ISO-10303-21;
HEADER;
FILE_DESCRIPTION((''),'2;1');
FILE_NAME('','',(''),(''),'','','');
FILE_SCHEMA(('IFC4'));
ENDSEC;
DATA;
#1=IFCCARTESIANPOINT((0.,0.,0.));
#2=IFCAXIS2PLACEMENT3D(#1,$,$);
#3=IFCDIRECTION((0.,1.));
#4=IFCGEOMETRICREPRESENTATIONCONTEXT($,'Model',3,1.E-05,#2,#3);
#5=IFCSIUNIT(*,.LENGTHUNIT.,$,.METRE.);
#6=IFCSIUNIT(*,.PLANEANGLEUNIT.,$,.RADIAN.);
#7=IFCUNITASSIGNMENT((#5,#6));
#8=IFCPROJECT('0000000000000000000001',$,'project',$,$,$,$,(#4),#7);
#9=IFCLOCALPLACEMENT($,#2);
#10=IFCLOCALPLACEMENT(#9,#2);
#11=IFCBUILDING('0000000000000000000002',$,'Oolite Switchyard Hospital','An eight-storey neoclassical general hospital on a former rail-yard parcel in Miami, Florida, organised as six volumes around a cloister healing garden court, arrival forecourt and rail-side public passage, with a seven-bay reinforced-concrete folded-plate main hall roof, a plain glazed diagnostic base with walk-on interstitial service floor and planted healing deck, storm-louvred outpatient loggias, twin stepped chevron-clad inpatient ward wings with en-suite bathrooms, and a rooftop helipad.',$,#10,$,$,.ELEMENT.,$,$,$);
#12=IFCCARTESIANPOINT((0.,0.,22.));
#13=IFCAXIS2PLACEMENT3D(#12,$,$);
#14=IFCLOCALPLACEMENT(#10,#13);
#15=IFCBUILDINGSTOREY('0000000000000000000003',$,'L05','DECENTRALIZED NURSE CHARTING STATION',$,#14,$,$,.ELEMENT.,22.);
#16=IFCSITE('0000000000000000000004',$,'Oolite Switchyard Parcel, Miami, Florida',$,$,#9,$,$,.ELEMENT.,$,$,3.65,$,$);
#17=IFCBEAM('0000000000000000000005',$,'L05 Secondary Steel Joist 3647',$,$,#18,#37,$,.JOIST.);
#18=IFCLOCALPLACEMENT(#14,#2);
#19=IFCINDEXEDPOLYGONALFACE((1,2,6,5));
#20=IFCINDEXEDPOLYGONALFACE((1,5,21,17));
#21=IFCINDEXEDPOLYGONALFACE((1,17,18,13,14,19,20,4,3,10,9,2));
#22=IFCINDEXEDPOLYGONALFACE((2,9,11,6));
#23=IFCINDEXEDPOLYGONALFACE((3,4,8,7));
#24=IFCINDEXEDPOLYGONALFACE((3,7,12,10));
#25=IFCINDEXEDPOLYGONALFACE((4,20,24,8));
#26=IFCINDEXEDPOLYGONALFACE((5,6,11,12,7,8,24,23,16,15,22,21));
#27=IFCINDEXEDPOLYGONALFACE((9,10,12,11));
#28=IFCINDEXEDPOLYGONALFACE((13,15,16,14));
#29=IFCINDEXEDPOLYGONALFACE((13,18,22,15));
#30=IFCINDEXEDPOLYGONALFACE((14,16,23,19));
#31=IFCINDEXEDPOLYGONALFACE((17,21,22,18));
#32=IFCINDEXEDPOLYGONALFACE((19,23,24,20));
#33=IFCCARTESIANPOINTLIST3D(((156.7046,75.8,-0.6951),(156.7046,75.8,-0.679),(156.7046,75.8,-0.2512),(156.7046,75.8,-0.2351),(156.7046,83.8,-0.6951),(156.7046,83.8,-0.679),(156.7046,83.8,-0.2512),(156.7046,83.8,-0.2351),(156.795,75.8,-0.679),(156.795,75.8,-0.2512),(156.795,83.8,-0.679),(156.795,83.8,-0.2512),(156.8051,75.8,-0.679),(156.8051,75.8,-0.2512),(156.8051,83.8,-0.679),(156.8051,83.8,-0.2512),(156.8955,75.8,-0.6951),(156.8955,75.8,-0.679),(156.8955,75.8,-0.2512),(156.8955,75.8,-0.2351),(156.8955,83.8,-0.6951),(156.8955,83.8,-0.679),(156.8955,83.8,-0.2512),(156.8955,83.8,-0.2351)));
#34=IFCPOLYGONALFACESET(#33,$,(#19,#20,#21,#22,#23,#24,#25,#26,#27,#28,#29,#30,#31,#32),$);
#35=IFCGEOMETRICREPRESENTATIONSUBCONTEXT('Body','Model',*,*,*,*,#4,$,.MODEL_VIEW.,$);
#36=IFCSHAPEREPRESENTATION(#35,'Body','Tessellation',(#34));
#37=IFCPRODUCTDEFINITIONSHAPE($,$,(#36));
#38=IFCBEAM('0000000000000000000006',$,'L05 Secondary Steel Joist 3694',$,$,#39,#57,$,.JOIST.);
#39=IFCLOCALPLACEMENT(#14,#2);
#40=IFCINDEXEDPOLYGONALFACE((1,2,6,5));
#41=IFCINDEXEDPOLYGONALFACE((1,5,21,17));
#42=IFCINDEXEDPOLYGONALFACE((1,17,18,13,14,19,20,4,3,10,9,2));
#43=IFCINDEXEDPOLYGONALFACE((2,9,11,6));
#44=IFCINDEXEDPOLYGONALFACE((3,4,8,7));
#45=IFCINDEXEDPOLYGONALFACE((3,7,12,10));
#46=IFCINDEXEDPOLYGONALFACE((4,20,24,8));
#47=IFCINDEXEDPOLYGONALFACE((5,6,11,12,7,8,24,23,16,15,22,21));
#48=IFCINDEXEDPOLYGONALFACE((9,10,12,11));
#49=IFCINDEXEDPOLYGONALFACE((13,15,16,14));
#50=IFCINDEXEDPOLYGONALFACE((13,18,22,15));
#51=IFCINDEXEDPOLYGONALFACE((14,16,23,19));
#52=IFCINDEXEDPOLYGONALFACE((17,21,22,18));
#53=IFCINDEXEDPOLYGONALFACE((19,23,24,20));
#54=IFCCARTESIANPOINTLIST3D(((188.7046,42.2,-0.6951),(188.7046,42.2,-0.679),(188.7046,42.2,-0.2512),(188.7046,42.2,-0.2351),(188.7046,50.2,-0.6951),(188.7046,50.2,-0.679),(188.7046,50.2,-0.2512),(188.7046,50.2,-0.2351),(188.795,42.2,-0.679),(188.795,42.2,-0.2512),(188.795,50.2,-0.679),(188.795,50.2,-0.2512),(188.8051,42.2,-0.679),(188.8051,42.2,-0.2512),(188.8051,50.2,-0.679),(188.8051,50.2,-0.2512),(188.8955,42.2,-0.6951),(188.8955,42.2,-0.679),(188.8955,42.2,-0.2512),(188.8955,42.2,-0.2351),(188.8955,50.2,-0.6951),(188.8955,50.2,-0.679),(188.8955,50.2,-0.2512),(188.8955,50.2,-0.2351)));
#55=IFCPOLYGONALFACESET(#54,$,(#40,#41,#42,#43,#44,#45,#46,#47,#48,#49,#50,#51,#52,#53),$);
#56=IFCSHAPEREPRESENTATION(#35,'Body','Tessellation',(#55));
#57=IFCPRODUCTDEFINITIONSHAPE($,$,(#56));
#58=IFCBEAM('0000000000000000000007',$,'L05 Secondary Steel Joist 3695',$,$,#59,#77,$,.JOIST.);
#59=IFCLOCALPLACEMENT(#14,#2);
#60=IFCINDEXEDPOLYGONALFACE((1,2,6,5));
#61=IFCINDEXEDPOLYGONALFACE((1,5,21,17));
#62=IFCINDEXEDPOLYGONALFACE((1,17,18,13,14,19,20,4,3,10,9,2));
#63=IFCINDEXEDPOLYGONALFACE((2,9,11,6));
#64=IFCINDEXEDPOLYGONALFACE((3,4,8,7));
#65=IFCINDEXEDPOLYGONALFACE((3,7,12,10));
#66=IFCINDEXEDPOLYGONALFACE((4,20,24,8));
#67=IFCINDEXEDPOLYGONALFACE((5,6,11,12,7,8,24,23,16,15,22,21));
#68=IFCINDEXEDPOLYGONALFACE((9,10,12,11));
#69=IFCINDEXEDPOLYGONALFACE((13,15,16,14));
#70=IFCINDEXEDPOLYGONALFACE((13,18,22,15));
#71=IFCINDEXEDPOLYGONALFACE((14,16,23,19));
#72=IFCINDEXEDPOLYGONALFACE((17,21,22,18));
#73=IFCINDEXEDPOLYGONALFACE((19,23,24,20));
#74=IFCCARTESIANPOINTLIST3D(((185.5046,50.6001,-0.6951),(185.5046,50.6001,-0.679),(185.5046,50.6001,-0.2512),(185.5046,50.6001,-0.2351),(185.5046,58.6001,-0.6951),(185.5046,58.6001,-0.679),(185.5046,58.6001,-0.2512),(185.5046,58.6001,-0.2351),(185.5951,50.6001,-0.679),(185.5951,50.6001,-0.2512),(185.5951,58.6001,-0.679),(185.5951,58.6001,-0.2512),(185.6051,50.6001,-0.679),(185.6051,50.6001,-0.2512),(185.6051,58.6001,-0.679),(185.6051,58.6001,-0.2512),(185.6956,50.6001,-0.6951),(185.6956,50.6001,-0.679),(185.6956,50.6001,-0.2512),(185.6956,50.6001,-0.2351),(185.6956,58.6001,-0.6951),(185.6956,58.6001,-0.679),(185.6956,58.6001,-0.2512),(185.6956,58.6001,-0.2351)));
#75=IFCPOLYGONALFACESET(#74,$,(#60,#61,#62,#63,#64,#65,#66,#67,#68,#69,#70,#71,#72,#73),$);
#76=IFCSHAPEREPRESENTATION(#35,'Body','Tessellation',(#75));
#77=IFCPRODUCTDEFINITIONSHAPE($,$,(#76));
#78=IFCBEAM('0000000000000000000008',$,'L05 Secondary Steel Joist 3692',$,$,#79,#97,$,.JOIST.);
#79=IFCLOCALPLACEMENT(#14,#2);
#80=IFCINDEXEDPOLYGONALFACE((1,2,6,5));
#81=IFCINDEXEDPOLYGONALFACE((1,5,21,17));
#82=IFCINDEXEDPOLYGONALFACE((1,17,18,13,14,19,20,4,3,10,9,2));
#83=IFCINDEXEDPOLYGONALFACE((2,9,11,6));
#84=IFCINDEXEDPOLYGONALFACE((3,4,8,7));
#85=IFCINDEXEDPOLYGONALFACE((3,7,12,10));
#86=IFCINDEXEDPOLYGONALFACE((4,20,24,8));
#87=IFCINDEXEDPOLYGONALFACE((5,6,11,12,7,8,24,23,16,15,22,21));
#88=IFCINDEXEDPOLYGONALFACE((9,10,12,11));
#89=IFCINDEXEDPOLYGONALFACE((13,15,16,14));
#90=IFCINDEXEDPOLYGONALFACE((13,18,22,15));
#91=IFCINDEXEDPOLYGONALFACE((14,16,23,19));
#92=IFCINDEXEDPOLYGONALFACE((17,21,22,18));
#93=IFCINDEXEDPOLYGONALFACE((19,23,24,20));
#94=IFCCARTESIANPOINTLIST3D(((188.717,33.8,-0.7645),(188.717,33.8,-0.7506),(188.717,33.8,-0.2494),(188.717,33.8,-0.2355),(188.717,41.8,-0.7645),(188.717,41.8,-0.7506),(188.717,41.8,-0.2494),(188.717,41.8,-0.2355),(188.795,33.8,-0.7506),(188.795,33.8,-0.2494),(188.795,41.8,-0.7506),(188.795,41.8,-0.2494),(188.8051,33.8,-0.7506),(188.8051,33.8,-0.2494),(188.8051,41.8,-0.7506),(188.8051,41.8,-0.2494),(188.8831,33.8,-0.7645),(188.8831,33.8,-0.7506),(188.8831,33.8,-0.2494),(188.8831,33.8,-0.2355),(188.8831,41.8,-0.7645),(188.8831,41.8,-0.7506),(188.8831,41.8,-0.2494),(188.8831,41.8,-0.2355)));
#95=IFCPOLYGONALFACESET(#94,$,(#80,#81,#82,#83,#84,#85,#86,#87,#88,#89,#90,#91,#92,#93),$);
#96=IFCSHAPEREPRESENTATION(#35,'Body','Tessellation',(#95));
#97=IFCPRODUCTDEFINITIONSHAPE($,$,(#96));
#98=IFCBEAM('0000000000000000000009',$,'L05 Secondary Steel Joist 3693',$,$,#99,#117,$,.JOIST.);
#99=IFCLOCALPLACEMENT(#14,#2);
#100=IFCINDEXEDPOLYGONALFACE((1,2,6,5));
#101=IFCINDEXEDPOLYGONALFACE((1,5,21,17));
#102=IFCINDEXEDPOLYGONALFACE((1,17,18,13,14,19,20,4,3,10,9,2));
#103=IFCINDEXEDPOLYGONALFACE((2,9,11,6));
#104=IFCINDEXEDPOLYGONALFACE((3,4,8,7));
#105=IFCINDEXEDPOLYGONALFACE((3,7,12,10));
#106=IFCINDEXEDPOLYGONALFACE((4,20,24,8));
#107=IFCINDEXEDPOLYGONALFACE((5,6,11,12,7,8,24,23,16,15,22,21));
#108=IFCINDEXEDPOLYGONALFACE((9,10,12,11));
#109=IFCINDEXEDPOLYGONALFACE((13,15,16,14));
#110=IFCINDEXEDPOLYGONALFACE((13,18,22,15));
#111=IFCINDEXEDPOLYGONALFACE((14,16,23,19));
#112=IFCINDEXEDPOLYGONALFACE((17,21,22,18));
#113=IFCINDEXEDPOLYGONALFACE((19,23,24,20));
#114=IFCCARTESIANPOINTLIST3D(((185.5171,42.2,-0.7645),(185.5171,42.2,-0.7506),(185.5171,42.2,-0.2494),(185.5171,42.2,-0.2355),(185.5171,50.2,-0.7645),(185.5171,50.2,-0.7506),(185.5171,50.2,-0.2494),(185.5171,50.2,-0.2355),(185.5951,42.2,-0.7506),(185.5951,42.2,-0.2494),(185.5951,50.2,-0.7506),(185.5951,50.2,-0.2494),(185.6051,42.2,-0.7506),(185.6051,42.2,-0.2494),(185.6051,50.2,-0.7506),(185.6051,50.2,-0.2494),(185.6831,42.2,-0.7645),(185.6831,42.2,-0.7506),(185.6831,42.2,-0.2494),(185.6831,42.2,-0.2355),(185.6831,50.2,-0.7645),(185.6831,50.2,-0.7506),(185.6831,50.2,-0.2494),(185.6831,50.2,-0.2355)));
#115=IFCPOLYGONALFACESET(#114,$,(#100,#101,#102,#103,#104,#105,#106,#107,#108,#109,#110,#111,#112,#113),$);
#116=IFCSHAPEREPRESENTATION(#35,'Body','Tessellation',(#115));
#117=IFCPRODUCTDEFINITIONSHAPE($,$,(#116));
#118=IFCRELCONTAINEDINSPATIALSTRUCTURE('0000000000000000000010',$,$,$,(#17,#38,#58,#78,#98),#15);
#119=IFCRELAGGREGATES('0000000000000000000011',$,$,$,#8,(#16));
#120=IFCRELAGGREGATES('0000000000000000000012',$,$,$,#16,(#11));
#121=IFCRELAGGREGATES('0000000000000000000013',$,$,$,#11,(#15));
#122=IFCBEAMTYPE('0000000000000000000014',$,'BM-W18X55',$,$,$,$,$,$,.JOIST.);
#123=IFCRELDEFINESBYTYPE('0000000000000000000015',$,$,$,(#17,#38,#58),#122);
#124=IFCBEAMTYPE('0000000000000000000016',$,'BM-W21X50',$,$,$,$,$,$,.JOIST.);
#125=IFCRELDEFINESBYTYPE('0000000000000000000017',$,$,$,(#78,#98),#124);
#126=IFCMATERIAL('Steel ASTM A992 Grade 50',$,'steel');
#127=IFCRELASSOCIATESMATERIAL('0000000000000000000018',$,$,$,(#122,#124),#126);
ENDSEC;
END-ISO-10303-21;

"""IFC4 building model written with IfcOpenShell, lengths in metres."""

from ifc_helpers import new_model, si_unit, direction, frame, origin, origin_2d, place, context, subcontext, project, spatial, i_section, extrude, material, material_profile, profile_set, type_object, element, save


model = new_model("IFC4")

# Units and contexts
model_context = context("Model", 3, precision=1e-05, world=origin(), true_north=direction((0.0, 1.0)))
body_context = subcontext(model_context, "Body", "Model", "MODEL_VIEW")
ifc_project = project(units=[si_unit("LENGTHUNIT", "METRE"), si_unit("PLANEANGLEUNIT", "RADIAN")], contexts=[model_context])

# Site, building, storey
site_placement = place(None, origin())
site = spatial("IfcSite", under=ifc_project, at=site_placement, Name="Oolite Switchyard Parcel, Miami, Florida", CompositionType="ELEMENT", RefElevation=3.65)
building_placement = place(site_placement, origin())
building = spatial("IfcBuilding", under=site, at=building_placement, Name="Oolite Switchyard Hospital", Description="An eight-storey neoclassical general hospital on a former rail-yard parcel in Miami, Florida, organised as six volumes around a cloister healing garden court, arrival forecourt and rail-side public passage, with a seven-bay reinforced-concrete folded-plate main hall roof, a plain glazed diagnostic base with walk-on interstitial service floor and planted healing deck, storm-louvred outpatient loggias, twin stepped chevron-clad inpatient ward wings with en-suite bathrooms, and a rooftop helipad.", CompositionType="ELEMENT")
storey_placement = place(building_placement, frame((0.0, 0.0, 22.0)))
storey = spatial("IfcBuildingStorey", under=building, at=storey_placement, Name="L05", Description="DECENTRALIZED NURSE CHARTING STATION", CompositionType="ELEMENT", Elevation=22.0)

# Beams
ifc_material_1 = material(Name="Steel ASTM A992 Grade 50", Category="steel")
ifc_material_profile_1 = material_profile(ifc_material_1, i_section(OverallWidth=0.1909, OverallDepth=0.46, WebThickness=0.01, FlangeThickness=0.0161, at=origin_2d()), Name="W18X55")
ifc_profile_set_1 = profile_set([ifc_material_profile_1], Name="Steel ASTM A992 Grade 50")
beam_type_1 = type_object("IfcBeamType", Name="BM-W18X55", PredefinedType="JOIST", material=ifc_profile_set_1)
for number, where, z_axis, x_axis, name in (
    (1, (156.8, 75.8, -0.4651), (0.0, 1.0, 0.0), (-1.0, 0.0, 0.0), "L05 Secondary Steel Joist 3647"),
    (2, (188.8, 42.2, -0.4651), (0.0, 1.0, 0.0), (-1.0, 0.0, 0.0), "L05 Secondary Steel Joist 3694"),
    (3, (185.6001, 50.6001, -0.4651), (0.0, 1.0, 0.0), (-1.0, 0.0, 0.0), "L05 Secondary Steel Joist 3695"),
):
    element("IfcBeam", number, at=place(storey_placement, frame(where, z_axis=z_axis, x_axis=x_axis)), inside=storey, type_object=beam_type_1, Name=name, PredefinedType="JOIST", context=body_context, shape_type="SweptSolid", body=[
        extrude(i_section(OverallWidth=0.1909, OverallDepth=0.46, WebThickness=0.01, FlangeThickness=0.0161, at=origin_2d()), origin(), (0.0, 0.0, 1.0), 8.0),
    ])
ifc_material_profile_2 = material_profile(ifc_material_1, i_section(OverallWidth=0.166, OverallDepth=0.5291, WebThickness=0.01, FlangeThickness=0.0139, at=origin_2d()), Name="W21X50")
ifc_profile_set_2 = profile_set([ifc_material_profile_2], Name="Steel ASTM A992 Grade 50")
beam_type_2 = type_object("IfcBeamType", Name="BM-W21X50", PredefinedType="JOIST", material=ifc_profile_set_2)
for number, where, z_axis, x_axis, name in (
    (4, (188.8, 33.8, -0.5), (0.0, 1.0, 0.0), (-1.0, 0.0, 0.0), "L05 Secondary Steel Joist 3692"),
    (5, (185.6001, 42.2, -0.5), (0.0, 1.0, 0.0), (-1.0, 0.0, 0.0), "L05 Secondary Steel Joist 3693"),
):
    element("IfcBeam", number, at=place(storey_placement, frame(where, z_axis=z_axis, x_axis=x_axis)), inside=storey, type_object=beam_type_2, Name=name, PredefinedType="JOIST", context=body_context, shape_type="SweptSolid", body=[
        extrude(i_section(OverallWidth=0.166, OverallDepth=0.5291, WebThickness=0.01, FlangeThickness=0.0139, at=origin_2d()), origin(), (0.0, 0.0, 1.0), 8.0),
    ])

save(model, "model.ifc")
